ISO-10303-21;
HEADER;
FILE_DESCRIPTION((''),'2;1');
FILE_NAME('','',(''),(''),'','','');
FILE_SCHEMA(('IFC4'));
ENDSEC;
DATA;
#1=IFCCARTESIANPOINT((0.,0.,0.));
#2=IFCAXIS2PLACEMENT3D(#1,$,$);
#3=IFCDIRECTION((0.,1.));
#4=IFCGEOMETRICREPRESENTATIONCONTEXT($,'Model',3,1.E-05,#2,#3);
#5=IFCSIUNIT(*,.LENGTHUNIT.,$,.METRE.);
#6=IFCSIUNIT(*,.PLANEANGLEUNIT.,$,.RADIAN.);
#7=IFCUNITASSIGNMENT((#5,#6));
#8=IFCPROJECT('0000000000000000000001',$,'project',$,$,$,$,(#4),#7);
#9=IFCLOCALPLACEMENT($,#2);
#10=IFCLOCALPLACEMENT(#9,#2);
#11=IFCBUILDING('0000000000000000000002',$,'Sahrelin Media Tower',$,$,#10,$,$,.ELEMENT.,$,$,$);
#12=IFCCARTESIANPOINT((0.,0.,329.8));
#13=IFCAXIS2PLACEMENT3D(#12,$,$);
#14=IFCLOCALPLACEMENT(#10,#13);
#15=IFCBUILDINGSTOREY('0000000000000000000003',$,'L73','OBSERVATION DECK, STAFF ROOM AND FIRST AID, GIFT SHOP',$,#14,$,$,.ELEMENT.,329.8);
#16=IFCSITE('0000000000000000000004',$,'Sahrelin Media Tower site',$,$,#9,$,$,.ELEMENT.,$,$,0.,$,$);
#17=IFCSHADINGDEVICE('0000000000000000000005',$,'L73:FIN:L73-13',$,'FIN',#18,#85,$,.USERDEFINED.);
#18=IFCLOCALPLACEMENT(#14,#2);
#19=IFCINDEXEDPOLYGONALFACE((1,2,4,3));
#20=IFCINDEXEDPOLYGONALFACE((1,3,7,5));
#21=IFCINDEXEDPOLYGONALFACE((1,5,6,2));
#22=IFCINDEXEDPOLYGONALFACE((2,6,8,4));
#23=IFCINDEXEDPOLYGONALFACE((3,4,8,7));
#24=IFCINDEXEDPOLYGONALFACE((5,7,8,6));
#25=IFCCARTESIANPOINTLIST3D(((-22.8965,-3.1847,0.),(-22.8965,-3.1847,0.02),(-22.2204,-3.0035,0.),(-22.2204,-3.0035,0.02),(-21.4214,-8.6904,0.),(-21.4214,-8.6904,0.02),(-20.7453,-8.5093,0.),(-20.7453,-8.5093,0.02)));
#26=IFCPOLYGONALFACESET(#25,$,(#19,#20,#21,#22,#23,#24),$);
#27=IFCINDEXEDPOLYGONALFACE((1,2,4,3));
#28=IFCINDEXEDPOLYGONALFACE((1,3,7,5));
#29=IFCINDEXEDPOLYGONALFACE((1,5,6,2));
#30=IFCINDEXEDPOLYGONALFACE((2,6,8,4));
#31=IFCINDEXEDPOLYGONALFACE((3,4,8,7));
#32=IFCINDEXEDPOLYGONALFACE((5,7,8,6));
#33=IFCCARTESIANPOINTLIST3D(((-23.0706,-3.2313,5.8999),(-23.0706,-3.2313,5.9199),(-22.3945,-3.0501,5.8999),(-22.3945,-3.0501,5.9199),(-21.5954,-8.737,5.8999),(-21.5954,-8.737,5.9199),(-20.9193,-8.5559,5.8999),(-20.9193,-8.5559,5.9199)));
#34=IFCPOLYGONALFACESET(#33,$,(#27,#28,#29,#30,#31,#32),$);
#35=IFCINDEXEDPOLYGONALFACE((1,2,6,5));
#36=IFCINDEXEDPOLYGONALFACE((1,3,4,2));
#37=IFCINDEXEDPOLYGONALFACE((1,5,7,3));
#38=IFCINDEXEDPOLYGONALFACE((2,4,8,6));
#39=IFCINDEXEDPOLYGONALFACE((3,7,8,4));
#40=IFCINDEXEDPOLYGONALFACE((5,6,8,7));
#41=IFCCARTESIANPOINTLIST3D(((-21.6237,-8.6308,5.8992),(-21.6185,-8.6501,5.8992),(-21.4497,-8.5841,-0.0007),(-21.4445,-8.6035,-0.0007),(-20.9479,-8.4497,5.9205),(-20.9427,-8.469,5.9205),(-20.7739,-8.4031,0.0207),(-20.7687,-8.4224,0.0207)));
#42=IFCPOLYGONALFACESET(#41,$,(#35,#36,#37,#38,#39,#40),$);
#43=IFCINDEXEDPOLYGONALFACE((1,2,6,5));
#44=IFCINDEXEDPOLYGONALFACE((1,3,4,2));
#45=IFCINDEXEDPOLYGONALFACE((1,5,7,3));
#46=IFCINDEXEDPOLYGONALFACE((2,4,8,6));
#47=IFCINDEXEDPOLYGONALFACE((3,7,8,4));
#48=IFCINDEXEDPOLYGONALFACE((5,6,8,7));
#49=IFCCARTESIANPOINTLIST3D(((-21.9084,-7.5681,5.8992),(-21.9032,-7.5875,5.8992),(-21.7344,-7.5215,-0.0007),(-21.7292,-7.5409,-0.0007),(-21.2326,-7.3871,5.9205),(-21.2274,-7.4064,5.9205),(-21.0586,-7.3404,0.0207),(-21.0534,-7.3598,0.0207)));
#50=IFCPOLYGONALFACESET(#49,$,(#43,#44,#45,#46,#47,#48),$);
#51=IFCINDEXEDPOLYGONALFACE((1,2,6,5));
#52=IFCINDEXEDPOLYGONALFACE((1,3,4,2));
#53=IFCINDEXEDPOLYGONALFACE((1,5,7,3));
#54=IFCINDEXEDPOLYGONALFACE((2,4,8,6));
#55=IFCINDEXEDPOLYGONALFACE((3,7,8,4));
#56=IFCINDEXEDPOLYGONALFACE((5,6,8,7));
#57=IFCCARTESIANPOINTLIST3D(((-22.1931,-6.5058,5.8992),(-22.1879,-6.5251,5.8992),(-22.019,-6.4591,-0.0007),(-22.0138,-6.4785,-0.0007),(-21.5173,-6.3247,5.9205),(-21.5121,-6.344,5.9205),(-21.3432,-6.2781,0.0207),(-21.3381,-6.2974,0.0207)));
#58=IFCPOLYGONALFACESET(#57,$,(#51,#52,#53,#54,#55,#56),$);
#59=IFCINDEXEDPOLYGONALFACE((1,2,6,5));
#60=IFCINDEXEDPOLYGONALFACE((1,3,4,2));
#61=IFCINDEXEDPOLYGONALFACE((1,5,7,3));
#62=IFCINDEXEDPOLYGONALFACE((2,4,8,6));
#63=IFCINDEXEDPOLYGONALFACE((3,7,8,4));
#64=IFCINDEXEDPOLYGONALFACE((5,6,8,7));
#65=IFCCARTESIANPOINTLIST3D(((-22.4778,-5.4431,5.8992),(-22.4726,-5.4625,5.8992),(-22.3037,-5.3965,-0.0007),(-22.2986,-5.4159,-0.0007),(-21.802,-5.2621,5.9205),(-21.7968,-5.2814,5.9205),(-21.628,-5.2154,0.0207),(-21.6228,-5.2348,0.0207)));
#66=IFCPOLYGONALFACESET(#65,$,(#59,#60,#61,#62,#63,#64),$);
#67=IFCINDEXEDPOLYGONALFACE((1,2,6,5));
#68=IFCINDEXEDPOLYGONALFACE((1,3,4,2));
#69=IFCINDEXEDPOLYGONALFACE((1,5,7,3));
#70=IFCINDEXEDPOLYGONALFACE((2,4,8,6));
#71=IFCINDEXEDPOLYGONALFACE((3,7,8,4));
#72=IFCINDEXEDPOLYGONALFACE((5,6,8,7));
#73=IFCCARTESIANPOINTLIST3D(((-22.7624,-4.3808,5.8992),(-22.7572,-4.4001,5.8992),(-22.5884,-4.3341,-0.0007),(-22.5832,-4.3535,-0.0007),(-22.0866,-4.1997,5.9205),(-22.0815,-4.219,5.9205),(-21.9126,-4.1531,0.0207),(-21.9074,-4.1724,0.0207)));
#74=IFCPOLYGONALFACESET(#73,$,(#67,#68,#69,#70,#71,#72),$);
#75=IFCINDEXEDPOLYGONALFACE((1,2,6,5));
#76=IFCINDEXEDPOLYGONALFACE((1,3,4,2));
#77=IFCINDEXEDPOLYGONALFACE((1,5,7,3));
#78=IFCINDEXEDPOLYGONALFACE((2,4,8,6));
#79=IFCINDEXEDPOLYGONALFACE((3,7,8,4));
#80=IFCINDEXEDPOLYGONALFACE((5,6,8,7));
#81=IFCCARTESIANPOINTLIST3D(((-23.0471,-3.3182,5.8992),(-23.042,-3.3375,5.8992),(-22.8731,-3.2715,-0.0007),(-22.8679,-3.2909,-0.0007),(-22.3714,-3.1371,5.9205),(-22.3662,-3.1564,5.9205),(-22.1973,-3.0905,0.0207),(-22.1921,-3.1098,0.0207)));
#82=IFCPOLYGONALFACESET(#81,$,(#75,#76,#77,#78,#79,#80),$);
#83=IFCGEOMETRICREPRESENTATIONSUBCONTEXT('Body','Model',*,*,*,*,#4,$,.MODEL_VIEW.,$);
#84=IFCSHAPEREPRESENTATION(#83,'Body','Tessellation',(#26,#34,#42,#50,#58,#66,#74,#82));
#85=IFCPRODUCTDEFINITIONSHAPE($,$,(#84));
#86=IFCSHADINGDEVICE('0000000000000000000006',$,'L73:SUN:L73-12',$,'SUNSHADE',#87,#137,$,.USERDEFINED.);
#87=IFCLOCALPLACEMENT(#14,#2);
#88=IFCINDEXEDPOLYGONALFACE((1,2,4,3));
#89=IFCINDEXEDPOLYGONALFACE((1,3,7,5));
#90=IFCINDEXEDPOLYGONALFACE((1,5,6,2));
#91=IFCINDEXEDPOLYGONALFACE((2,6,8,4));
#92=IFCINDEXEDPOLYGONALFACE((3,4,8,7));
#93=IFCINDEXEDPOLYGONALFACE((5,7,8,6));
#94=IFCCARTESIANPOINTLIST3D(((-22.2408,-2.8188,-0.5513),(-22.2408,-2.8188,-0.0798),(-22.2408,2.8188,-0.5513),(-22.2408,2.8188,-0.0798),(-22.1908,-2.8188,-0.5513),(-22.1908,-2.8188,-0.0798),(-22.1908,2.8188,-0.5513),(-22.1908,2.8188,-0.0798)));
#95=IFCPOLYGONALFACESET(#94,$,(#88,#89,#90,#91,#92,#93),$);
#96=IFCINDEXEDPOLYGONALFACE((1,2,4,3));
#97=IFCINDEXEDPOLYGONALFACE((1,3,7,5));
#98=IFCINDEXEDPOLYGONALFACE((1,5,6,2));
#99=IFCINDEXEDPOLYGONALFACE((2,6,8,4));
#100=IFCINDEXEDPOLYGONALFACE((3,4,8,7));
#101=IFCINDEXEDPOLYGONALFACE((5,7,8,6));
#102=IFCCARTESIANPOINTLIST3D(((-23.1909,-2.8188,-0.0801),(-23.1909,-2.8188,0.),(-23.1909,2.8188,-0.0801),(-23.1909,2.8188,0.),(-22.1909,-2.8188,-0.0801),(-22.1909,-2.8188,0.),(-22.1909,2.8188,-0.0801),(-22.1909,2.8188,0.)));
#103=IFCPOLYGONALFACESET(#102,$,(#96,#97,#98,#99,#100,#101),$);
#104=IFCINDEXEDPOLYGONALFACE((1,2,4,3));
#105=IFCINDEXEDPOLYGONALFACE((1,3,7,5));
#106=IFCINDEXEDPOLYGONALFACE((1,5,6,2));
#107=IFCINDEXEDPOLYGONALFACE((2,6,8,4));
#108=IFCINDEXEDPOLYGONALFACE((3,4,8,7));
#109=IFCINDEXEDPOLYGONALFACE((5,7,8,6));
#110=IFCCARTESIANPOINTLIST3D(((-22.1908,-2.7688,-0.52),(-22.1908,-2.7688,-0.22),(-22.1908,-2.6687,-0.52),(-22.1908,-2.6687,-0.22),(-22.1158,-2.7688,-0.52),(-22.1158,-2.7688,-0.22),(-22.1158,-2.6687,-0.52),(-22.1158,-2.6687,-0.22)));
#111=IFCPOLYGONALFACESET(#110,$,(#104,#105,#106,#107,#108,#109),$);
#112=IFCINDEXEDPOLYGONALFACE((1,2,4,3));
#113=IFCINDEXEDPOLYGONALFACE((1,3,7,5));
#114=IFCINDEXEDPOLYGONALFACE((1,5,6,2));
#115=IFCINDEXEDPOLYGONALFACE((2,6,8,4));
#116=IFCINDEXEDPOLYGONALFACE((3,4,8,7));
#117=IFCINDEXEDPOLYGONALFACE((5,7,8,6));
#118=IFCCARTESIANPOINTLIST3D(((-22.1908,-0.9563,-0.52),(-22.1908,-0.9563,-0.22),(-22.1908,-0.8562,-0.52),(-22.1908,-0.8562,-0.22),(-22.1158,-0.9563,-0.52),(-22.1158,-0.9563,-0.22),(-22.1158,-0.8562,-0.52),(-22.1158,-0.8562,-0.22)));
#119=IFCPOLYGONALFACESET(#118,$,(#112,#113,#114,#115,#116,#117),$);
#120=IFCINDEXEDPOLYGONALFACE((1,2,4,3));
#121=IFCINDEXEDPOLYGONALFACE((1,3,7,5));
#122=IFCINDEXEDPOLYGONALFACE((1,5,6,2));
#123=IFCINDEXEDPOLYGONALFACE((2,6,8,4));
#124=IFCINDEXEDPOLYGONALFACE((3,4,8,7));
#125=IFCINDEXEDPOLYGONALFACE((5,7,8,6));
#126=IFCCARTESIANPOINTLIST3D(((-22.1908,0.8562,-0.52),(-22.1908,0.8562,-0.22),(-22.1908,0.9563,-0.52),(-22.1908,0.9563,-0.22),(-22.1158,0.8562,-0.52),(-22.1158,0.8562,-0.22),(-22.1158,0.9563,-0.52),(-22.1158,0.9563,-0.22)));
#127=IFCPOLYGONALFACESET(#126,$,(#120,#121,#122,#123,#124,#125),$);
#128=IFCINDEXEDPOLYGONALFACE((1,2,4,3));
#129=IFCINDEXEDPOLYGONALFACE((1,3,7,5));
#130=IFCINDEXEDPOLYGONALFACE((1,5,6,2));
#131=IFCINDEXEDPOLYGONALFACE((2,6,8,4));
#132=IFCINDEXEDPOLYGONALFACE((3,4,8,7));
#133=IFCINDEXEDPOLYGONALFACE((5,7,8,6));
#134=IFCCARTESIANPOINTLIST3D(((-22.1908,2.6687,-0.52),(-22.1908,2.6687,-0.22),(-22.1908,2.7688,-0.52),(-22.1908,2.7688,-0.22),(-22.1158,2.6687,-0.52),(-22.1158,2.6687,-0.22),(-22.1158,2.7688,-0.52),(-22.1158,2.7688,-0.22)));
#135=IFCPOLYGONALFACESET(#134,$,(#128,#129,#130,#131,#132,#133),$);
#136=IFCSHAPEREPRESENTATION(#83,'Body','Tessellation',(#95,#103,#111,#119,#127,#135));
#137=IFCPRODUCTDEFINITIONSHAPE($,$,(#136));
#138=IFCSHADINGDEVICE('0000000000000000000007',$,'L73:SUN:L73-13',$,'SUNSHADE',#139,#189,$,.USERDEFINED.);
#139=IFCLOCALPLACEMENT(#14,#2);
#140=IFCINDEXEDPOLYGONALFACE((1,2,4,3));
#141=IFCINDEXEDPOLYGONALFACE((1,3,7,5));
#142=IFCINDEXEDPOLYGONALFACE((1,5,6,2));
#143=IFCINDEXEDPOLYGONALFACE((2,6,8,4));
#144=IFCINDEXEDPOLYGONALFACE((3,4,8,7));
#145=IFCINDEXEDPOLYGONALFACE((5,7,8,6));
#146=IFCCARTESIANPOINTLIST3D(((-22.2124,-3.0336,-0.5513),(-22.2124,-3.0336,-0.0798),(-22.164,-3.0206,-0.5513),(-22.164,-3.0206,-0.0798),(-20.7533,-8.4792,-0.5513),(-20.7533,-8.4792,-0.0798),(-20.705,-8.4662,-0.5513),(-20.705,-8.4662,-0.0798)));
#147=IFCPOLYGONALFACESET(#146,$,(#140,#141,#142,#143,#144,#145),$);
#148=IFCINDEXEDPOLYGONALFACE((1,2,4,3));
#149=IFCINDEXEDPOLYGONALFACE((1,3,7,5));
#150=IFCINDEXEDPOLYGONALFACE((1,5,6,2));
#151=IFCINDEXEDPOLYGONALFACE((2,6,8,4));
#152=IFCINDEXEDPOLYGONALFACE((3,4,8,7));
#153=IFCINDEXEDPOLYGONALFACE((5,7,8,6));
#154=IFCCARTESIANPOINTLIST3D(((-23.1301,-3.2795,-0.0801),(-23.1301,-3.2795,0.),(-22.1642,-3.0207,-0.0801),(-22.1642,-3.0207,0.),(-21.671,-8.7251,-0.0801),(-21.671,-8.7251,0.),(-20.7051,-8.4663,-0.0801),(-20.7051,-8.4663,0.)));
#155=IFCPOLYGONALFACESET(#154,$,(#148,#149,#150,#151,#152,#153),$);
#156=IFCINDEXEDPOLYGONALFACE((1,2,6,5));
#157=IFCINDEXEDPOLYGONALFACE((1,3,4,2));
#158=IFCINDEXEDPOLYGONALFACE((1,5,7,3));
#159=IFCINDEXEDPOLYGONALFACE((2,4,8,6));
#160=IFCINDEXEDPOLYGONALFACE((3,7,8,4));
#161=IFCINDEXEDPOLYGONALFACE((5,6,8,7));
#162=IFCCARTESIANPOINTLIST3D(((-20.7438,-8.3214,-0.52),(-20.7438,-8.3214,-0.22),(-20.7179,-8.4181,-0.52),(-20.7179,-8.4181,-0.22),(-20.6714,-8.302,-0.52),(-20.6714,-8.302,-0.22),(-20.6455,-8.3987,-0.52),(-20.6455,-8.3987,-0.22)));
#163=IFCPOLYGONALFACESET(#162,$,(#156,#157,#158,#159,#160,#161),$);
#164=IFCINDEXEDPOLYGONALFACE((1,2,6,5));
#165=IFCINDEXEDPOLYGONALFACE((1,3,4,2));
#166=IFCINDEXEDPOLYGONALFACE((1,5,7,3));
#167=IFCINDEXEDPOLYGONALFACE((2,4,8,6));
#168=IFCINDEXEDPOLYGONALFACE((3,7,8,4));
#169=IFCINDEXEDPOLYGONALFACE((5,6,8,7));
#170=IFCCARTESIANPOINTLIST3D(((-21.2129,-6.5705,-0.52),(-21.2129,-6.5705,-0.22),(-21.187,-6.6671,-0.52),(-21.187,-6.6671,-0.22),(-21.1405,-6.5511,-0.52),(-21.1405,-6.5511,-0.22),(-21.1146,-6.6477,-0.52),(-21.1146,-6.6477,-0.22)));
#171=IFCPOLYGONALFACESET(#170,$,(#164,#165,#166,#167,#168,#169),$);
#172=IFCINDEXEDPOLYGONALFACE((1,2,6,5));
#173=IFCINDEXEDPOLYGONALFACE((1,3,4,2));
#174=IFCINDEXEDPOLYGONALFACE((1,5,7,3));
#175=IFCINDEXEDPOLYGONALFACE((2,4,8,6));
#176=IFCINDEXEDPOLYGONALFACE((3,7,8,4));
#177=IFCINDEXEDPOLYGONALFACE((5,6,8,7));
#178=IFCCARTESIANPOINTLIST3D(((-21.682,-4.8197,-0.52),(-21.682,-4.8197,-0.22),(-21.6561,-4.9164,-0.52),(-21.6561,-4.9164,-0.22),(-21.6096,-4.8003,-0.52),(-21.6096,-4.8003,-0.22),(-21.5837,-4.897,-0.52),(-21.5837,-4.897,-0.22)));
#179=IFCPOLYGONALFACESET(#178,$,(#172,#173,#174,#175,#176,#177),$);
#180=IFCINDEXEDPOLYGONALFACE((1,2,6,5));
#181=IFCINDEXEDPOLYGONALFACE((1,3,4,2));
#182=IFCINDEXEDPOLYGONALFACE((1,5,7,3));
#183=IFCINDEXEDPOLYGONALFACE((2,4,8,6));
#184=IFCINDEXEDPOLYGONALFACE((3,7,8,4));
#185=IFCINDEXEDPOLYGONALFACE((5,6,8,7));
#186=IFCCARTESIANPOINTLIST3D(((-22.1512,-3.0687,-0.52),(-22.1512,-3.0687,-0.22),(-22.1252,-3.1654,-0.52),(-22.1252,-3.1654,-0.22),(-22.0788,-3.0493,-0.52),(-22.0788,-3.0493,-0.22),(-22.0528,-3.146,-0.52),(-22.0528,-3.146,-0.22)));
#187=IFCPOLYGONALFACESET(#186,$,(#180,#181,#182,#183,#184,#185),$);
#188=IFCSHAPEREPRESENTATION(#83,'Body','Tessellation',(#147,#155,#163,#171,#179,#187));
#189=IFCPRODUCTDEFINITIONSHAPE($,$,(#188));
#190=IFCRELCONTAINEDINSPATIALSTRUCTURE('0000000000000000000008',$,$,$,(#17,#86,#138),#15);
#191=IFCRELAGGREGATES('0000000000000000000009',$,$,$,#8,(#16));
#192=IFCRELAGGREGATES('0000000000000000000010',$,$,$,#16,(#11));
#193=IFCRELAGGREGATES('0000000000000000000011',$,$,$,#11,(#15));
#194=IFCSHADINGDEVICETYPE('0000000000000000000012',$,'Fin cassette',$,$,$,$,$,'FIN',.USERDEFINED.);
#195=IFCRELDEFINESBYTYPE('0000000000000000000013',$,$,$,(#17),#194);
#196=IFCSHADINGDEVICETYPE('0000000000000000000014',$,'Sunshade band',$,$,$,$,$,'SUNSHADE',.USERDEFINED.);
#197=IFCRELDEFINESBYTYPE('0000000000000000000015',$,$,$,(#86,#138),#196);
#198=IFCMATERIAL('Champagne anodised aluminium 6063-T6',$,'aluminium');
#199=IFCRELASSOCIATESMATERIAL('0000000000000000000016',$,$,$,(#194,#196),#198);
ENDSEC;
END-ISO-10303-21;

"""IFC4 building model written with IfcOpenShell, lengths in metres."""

from ifc_helpers import new_model, si_unit, direction, frame, origin, origin_2d, place, context, subcontext, project, spatial, rectangle, extrude, material, type_object, element, save


model = new_model("IFC4")

# Units and contexts
model_context = context("Model", 3, precision=1e-05, world=origin(), true_north=direction((0.0, 1.0)))
body_context = subcontext(model_context, "Body", "Model", "MODEL_VIEW")
ifc_project = project(units=[si_unit("LENGTHUNIT", "METRE"), si_unit("PLANEANGLEUNIT", "RADIAN")], contexts=[model_context])

# Site, building, storey
site_placement = place(None, origin())
site = spatial("IfcSite", under=ifc_project, at=site_placement, Name="Sahrelin Media Tower site", CompositionType="ELEMENT", RefElevation=0.0)
building_placement = place(site_placement, origin())
building = spatial("IfcBuilding", under=site, at=building_placement, Name="Sahrelin Media Tower", CompositionType="ELEMENT")
storey_placement = place(building_placement, frame((0.0, 0.0, 329.8)))
storey = spatial("IfcBuildingStorey", under=building, at=storey_placement, Name="L73", Description="OBSERVATION DECK, STAFF ROOM AND FIRST AID, GIFT SHOP", CompositionType="ELEMENT", Elevation=329.8)

# Shared definitions
ifc_material_1 = material(Name="Champagne anodised aluminium 6063-T6", Category="aluminium")

# Shading devices
shading_device_type_1 = type_object("IfcShadingDeviceType", Name="Fin cassette", ElementType="FIN", PredefinedType="USERDEFINED", material=ifc_material_1)
placement_1 = place(storey_placement, frame((-22.1709, 0.0, 0.0), z_axis=(0.0, 0.0, 1.0), x_axis=(0.0, 1.0, 0.0)))
placement_2 = place(storey_placement, frame((-21.4153, -5.7383, 0.0), z_axis=(0.0, 0.0, 1.0), x_axis=(-0.258808, 0.965929, 0.0)))
element("IfcShadingDevice", 1, at=placement_2, inside=storey, type_object=shading_device_type_1, Name="L73:FIN:L73-13", ObjectType="FIN", PredefinedType="USERDEFINED", context=body_context, shape_type="SweptSolid", body=[
    extrude(rectangle(XDim=5.7, YDim=0.7, at=origin_2d()), frame((0.0, 0.4199, 0.0)), (0.0, 0.0, 1.0), 0.02),
    extrude(rectangle(XDim=5.7, YDim=0.7, at=origin_2d()), frame((0.0, 0.6001, 5.8999)), (0.0, 0.0, 1.0), 0.02),
    extrude(rectangle(XDim=0.02, YDim=0.7, at=origin_2d()), frame((-2.75, 0.4199, 0.01), z_axis=(0.0, 0.030525, 0.999534), x_axis=(-1.0, 0.0, 0.0)), (0.0, 0.0, 1.0), 5.9026),
    extrude(rectangle(XDim=0.02, YDim=0.7, at=origin_2d()), frame((-1.6499, 0.4199, 0.01), z_axis=(0.0, 0.030525, 0.999534), x_axis=(-1.0, 0.0, 0.0)), (0.0, 0.0, 1.0), 5.9026),
    extrude(rectangle(XDim=0.02, YDim=0.7, at=origin_2d()), frame((-0.55, 0.4199, 0.01), z_axis=(0.0, 0.030525, 0.999534), x_axis=(-1.0, 0.0, 0.0)), (0.0, 0.0, 1.0), 5.9026),
    extrude(rectangle(XDim=0.02, YDim=0.7, at=origin_2d()), frame((0.55, 0.4199, 0.01), z_axis=(0.0, 0.030525, 0.999534), x_axis=(-1.0, 0.0, 0.0)), (0.0, 0.0, 1.0), 5.9026),
    extrude(rectangle(XDim=0.02, YDim=0.7, at=origin_2d()), frame((1.6499, 0.4199, 0.01), z_axis=(0.0, 0.030525, 0.999534), x_axis=(-1.0, 0.0, 0.0)), (0.0, 0.0, 1.0), 5.9026),
    extrude(rectangle(XDim=0.02, YDim=0.7, at=origin_2d()), frame((2.75, 0.4199, 0.01), z_axis=(0.0, 0.030525, 0.999534), x_axis=(-1.0, 0.0, 0.0)), (0.0, 0.0, 1.0), 5.9026),
])
shading_device_type_2 = type_object("IfcShadingDeviceType", Name="Sunshade band", ElementType="SUNSHADE", PredefinedType="USERDEFINED", material=ifc_material_1)
element("IfcShadingDevice", 2, at=placement_1, inside=storey, type_object=shading_device_type_2, Name="L73:SUN:L73-12", ObjectType="SUNSHADE", PredefinedType="USERDEFINED", context=body_context, shape_type="SweptSolid", body=[
    extrude(rectangle(XDim=5.6377, YDim=0.05, at=origin_2d()), frame((0.0, 0.0449, -0.5513)), (0.0, 0.0, 1.0), 0.4714),
    extrude(rectangle(XDim=5.6377, YDim=1.0, at=origin_2d()), frame((0.0, 0.52, -0.0801)), (0.0, 0.0, 1.0), 0.0801),
    extrude(rectangle(XDim=0.1001, YDim=0.075, at=origin_2d()), frame((-2.7188, -0.0176, -0.52)), (0.0, 0.0, 1.0), 0.3),
    extrude(rectangle(XDim=0.1001, YDim=0.075, at=origin_2d()), frame((-0.9062, -0.0176, -0.52)), (0.0, 0.0, 1.0), 0.3),
    extrude(rectangle(XDim=0.1001, YDim=0.075, at=origin_2d()), frame((0.9062, -0.0176, -0.52)), (0.0, 0.0, 1.0), 0.3),
    extrude(rectangle(XDim=0.1001, YDim=0.075, at=origin_2d()), frame((2.7188, -0.0176, -0.52)), (0.0, 0.0, 1.0), 0.3),
])
element("IfcShadingDevice", 3, at=placement_2, inside=storey, type_object=shading_device_type_2, Name="L73:SUN:L73-13", ObjectType="SUNSHADE", PredefinedType="USERDEFINED", context=body_context, shape_type="SweptSolid", body=[
    extrude(rectangle(XDim=5.6377, YDim=0.05, at=origin_2d()), frame((0.0, 0.0449, -0.5513)), (0.0, 0.0, 1.0), 0.4714),
    extrude(rectangle(XDim=5.6377, YDim=1.0, at=origin_2d()), frame((0.0, 0.52, -0.0801)), (0.0, 0.0, 1.0), 0.0801),
    extrude(rectangle(XDim=0.1001, YDim=0.075, at=origin_2d()), frame((-2.719, -0.0176, -0.52)), (0.0, 0.0, 1.0), 0.3),
    extrude(rectangle(XDim=0.1001, YDim=0.075, at=origin_2d()), frame((-0.9062, -0.0176, -0.52)), (0.0, 0.0, 1.0), 0.3),
    extrude(rectangle(XDim=0.1001, YDim=0.075, at=origin_2d()), frame((0.9062, -0.0176, -0.52)), (0.0, 0.0, 1.0), 0.3),
    extrude(rectangle(XDim=0.1001, YDim=0.075, at=origin_2d()), frame((2.719, -0.0176, -0.52)), (0.0, 0.0, 1.0), 0.3),
])

save(model, "model.ifc")
